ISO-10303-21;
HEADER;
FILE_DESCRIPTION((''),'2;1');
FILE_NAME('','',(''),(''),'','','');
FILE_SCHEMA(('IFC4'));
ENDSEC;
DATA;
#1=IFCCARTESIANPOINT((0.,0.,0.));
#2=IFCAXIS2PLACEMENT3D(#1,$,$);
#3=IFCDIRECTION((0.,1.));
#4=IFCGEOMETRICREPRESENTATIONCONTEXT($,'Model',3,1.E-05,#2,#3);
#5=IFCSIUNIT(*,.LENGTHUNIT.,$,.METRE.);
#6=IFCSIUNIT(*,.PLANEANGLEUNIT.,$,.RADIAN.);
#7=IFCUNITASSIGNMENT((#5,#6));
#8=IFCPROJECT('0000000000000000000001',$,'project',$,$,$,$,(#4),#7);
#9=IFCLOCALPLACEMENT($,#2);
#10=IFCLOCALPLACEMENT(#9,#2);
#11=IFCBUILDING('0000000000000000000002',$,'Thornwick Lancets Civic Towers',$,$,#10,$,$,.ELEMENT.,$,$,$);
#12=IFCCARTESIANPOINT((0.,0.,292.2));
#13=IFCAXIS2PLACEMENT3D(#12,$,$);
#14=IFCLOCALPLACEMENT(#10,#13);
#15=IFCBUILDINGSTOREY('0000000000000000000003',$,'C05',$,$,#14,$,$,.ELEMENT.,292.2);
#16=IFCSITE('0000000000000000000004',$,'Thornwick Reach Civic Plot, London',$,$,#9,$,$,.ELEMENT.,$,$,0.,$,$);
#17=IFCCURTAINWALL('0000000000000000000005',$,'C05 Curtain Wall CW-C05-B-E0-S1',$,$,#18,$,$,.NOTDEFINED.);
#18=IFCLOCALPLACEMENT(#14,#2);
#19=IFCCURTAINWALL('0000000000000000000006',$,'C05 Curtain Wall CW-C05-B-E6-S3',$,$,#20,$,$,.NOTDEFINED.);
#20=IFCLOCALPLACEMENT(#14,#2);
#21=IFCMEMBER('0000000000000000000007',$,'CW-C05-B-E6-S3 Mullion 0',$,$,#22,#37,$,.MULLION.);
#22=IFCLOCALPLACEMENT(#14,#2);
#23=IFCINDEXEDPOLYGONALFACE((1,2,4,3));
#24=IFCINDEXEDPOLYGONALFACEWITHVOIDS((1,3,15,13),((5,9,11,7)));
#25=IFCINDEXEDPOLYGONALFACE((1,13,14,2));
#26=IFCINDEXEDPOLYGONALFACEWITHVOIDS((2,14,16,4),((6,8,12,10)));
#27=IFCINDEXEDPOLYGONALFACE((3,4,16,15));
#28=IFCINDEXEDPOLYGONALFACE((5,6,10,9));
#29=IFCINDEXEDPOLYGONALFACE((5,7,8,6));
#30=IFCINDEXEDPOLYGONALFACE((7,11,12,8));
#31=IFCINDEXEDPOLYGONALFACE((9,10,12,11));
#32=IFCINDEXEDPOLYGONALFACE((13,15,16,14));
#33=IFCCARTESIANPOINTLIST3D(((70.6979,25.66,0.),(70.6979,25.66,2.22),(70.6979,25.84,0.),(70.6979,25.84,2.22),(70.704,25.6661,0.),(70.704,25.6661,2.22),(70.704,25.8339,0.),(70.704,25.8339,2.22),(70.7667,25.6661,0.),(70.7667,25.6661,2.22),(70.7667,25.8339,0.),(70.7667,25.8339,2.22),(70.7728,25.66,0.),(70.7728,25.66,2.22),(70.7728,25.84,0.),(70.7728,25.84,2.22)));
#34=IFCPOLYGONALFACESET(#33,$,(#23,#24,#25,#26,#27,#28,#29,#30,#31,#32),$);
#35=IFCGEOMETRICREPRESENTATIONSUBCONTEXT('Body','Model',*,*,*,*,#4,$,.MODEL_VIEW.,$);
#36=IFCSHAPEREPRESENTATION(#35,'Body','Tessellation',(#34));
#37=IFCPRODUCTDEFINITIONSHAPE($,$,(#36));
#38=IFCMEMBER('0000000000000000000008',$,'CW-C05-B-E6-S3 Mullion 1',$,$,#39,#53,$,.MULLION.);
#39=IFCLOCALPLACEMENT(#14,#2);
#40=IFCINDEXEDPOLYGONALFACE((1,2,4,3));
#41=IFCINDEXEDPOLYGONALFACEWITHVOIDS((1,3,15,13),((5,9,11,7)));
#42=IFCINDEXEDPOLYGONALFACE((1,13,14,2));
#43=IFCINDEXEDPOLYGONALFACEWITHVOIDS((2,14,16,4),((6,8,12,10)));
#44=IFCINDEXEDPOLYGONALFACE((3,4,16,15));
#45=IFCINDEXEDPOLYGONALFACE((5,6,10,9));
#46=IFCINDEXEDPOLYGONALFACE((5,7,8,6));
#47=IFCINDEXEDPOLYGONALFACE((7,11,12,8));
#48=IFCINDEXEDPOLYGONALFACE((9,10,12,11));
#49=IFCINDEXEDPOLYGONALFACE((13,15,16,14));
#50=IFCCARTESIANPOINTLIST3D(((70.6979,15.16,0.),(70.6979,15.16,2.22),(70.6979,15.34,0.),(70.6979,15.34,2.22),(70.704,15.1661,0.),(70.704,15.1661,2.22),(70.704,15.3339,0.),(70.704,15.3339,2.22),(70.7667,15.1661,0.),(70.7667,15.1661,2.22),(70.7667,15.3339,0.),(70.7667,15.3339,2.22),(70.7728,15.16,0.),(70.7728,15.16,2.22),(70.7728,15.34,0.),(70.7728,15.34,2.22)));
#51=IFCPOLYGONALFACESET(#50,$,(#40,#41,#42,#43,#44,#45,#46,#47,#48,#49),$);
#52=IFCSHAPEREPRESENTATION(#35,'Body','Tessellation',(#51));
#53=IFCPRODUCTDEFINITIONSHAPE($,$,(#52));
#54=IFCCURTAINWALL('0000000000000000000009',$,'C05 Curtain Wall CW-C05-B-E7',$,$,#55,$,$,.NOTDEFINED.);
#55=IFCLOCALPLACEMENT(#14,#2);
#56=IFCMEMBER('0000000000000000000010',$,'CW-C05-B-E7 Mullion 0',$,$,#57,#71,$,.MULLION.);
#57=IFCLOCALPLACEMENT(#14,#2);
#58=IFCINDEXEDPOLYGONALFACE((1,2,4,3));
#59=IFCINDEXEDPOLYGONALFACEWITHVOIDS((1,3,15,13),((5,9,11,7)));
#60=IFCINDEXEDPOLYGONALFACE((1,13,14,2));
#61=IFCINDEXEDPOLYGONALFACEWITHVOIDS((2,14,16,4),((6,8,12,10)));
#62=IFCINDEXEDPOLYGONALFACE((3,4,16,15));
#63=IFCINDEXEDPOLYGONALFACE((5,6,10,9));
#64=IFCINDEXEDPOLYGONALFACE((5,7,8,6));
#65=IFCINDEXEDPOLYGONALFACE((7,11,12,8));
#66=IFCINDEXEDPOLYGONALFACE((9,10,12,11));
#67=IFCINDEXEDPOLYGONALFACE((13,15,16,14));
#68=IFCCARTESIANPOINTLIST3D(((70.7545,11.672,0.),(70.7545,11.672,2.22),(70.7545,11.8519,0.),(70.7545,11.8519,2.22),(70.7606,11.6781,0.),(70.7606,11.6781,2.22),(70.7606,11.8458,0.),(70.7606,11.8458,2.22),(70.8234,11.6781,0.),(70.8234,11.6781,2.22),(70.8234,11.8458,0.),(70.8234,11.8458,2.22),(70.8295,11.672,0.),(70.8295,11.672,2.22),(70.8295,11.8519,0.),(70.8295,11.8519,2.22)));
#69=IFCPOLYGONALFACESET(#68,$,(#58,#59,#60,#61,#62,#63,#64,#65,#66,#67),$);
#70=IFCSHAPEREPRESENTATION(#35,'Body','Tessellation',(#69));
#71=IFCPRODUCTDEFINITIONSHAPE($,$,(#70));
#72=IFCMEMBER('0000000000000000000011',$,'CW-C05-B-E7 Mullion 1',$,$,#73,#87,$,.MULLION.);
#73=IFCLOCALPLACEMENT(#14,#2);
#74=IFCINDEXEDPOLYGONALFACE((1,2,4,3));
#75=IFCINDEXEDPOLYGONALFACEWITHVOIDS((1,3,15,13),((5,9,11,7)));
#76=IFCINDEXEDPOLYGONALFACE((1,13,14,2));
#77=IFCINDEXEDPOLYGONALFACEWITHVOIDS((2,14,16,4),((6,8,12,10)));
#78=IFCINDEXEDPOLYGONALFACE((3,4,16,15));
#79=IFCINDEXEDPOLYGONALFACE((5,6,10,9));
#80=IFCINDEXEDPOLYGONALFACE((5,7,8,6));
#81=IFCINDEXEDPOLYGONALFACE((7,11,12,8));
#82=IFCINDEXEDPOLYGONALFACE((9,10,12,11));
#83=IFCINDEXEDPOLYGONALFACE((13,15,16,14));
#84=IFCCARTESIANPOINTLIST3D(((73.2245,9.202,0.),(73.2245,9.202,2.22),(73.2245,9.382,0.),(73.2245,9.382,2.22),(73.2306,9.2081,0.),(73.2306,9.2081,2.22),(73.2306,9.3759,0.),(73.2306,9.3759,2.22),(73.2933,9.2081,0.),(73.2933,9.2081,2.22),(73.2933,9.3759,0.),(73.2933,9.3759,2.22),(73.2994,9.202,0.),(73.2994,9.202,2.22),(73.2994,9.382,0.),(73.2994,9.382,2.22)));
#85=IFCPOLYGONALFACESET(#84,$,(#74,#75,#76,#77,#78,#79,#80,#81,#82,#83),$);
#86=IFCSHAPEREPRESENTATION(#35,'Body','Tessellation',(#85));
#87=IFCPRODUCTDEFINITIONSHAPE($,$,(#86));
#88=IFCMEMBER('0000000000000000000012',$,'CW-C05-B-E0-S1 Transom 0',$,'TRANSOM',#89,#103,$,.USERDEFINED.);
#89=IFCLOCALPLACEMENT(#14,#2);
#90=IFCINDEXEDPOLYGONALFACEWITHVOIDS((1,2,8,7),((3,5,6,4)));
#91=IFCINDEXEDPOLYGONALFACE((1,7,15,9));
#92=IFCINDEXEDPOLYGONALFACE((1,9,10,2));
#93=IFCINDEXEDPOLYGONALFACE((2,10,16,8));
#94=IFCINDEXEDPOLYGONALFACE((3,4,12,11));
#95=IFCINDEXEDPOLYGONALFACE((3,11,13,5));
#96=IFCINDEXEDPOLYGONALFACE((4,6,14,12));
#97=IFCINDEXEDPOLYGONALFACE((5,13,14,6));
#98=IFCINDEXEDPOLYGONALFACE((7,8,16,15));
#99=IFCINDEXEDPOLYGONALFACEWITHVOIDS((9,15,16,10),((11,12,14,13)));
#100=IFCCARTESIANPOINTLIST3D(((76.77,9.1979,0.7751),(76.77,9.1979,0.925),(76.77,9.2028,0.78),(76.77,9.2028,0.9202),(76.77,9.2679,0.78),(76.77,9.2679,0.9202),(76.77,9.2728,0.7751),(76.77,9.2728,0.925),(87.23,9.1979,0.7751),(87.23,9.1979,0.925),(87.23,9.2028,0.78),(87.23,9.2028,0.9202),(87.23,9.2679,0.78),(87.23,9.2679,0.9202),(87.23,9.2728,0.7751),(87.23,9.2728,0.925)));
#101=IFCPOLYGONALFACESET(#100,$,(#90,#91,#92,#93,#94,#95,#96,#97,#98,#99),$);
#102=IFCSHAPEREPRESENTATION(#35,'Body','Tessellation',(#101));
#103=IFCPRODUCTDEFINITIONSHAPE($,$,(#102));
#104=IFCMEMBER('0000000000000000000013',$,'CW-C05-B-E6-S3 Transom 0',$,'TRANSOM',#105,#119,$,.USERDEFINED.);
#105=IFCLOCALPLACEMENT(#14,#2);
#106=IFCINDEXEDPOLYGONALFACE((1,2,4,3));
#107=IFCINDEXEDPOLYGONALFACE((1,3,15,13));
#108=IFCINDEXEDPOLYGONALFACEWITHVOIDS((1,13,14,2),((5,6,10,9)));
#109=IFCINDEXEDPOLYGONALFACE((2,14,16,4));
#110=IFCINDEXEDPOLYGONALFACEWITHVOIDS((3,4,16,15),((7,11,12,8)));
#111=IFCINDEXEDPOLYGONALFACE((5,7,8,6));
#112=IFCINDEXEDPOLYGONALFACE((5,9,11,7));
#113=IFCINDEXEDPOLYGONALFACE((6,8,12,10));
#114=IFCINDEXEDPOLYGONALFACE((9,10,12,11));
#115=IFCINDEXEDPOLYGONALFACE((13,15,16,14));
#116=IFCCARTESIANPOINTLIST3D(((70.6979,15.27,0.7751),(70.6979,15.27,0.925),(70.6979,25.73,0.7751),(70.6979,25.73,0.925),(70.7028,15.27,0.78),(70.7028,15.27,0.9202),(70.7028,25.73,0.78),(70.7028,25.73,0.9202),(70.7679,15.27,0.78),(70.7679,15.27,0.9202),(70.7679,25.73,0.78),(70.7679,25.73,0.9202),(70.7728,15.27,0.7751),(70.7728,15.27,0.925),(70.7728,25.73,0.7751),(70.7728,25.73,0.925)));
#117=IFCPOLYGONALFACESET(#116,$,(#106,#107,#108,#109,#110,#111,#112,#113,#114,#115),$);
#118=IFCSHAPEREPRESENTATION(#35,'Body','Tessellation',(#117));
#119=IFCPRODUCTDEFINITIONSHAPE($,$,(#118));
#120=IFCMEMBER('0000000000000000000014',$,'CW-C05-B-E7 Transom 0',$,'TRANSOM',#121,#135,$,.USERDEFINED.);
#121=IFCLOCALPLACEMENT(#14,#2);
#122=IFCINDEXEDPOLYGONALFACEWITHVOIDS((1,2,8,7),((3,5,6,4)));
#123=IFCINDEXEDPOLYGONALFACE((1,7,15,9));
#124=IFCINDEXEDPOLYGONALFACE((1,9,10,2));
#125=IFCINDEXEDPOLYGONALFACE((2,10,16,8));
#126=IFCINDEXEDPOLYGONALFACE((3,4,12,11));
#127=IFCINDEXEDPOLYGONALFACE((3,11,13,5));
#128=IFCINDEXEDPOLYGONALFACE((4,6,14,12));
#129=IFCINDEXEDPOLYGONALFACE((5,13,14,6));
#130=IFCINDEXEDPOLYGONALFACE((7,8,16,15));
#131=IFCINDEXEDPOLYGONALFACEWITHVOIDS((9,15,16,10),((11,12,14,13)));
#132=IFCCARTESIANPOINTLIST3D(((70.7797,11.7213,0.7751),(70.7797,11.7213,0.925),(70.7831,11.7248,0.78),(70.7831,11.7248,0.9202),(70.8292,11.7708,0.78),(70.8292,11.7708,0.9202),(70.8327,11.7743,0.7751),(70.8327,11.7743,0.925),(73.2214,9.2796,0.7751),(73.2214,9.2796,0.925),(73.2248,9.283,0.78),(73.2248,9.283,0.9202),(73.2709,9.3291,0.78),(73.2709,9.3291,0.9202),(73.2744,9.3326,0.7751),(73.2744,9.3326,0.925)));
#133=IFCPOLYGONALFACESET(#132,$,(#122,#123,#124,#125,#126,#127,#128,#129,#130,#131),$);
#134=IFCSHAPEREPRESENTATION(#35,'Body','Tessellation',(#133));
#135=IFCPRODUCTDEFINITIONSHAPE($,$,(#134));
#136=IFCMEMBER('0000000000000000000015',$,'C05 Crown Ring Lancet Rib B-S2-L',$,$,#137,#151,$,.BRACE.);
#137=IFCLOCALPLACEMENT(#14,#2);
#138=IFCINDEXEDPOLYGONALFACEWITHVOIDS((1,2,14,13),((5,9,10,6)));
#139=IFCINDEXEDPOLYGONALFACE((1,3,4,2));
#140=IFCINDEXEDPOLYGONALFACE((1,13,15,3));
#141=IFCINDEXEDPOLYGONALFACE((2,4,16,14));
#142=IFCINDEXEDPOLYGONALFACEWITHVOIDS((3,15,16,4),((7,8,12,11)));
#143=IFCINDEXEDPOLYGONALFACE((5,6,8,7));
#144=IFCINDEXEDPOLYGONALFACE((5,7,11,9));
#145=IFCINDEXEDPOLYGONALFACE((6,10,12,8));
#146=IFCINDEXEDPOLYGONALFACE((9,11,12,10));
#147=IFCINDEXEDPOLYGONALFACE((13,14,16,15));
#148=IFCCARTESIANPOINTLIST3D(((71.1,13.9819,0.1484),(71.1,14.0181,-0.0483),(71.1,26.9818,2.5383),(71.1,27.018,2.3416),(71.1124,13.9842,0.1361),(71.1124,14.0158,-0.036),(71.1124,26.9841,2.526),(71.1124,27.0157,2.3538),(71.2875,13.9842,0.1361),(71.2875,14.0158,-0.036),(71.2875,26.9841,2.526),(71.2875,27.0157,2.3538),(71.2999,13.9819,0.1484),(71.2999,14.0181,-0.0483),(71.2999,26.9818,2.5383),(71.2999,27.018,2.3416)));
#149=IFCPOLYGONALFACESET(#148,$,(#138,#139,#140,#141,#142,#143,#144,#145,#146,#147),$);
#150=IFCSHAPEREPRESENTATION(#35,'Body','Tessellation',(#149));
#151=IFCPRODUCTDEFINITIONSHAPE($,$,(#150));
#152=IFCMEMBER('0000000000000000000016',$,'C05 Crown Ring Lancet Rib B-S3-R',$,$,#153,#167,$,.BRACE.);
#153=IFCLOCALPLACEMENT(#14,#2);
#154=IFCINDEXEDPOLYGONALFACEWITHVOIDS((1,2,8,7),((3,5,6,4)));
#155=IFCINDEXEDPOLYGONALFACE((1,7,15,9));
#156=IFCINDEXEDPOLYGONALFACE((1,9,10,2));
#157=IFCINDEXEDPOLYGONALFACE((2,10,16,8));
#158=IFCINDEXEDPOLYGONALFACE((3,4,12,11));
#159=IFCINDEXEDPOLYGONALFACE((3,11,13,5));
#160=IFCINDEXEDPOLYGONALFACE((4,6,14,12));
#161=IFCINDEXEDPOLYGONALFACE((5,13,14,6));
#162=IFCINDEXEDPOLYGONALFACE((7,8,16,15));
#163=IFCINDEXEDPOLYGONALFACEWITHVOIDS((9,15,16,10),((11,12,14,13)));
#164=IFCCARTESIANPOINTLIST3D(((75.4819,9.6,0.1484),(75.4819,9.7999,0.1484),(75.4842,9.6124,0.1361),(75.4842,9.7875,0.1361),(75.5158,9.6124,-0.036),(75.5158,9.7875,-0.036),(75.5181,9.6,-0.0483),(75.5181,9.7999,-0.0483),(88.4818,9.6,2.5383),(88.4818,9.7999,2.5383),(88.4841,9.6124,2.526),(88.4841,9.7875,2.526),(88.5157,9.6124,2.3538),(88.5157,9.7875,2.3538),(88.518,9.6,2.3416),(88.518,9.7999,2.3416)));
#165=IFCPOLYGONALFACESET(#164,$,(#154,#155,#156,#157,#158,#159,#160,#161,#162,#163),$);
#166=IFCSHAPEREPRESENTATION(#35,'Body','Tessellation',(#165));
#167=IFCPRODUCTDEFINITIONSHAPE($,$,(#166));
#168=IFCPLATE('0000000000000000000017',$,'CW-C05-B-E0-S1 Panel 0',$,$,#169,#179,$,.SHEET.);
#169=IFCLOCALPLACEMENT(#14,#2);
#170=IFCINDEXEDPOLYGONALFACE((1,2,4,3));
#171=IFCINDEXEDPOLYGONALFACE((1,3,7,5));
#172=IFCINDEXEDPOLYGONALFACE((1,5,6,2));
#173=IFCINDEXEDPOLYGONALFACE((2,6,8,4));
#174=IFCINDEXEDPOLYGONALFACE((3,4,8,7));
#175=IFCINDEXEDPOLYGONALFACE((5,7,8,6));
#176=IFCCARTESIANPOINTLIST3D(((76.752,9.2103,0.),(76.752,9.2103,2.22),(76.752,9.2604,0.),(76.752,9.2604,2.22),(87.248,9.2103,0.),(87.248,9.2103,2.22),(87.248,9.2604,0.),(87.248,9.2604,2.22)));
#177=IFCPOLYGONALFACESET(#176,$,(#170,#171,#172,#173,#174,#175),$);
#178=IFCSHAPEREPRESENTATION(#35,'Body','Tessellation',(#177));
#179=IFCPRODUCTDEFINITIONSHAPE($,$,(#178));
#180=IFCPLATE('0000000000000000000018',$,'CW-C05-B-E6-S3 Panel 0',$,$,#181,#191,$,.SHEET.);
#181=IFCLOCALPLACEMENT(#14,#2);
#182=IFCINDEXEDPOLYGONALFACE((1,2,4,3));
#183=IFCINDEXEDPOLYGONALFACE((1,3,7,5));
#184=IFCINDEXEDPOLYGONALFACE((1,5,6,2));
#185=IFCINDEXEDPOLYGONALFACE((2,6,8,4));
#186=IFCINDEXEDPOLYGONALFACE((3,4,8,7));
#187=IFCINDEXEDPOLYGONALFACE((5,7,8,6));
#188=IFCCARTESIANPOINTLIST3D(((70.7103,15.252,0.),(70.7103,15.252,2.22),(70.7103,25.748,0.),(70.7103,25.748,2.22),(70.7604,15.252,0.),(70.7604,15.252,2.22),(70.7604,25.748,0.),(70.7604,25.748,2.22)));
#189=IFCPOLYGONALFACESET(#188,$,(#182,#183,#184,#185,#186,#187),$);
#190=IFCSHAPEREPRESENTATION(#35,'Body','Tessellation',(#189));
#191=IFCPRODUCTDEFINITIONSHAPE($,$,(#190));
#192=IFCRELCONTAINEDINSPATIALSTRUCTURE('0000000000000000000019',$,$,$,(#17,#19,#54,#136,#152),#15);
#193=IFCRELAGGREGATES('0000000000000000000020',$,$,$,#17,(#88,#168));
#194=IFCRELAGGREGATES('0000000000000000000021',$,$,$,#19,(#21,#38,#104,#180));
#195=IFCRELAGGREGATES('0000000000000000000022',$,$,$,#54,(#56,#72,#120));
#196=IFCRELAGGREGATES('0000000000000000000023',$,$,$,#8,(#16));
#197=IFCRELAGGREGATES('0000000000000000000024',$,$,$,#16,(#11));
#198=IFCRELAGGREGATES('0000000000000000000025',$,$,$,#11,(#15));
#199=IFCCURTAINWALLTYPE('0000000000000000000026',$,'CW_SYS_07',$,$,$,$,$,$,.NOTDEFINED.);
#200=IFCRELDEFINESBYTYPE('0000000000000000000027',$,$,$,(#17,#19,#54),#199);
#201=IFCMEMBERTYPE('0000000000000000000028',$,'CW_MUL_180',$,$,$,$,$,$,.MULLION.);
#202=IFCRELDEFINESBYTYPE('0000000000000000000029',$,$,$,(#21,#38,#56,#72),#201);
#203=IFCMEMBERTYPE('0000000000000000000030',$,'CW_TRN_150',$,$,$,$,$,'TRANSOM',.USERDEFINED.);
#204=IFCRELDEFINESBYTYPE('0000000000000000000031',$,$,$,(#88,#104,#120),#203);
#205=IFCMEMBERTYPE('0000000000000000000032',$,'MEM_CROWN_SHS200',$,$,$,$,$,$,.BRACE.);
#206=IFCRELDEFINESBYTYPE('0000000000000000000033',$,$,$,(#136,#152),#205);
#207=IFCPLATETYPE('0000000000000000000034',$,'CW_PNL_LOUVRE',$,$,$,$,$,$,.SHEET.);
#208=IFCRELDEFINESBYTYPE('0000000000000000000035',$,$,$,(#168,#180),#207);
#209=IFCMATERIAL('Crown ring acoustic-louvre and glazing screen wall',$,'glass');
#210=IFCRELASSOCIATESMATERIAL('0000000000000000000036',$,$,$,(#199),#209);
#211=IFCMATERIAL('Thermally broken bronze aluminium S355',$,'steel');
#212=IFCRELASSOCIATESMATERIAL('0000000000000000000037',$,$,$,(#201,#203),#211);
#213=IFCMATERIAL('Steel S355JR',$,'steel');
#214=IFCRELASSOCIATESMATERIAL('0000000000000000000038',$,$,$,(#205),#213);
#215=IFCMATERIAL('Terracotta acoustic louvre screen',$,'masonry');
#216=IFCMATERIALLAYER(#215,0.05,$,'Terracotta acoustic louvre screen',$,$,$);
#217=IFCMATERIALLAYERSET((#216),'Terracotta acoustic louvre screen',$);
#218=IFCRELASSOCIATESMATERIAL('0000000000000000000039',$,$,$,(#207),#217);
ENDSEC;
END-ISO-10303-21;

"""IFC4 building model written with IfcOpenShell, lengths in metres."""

from ifc_helpers import new_model, si_unit, direction, frame, origin, origin_2d, place, context, subcontext, project, spatial, rectangle, hollow_rectangle, extrude, material, layer, layer_set, material_profile, profile_set, type_object, element, aggregate, save


model = new_model("IFC4")

# Units and contexts
model_context = context("Model", 3, precision=1e-05, world=origin(), true_north=direction((0.0, 1.0)))
body_context = subcontext(model_context, "Body", "Model", "MODEL_VIEW")
ifc_project = project(units=[si_unit("LENGTHUNIT", "METRE"), si_unit("PLANEANGLEUNIT", "RADIAN")], contexts=[model_context])

# Site, building, storey
site_placement = place(None, origin())
site = spatial("IfcSite", under=ifc_project, at=site_placement, Name="Thornwick Reach Civic Plot, London", CompositionType="ELEMENT", RefElevation=0.0)
building_placement = place(site_placement, origin())
building = spatial("IfcBuilding", under=site, at=building_placement, Name="Thornwick Lancets Civic Towers", CompositionType="ELEMENT")
storey_placement = place(building_placement, frame((0.0, 0.0, 292.2)))
storey = spatial("IfcBuildingStorey", under=building, at=storey_placement, Name="C05", CompositionType="ELEMENT", Elevation=292.2)

# Shared definitions
ifc_material_1 = material(Name="Steel S355JR", Category="steel")

# Curtain walls, members
ifc_material_2 = material(Name="Crown ring acoustic-louvre and glazing screen wall", Category="glass")
curtain_wall_type = type_object("IfcCurtainWallType", Name="CW_SYS_07", PredefinedType="NOTDEFINED", material=ifc_material_2)
curtain_wall_1_placement = place(storey_placement, origin())
curtain_wall_1 = element("IfcCurtainWall", 1, at=curtain_wall_1_placement, inside=storey, type_object=curtain_wall_type, Name="C05 Curtain Wall CW-C05-B-E0-S1", PredefinedType="NOTDEFINED")
ifc_material_3 = material(Name="Thermally broken bronze aluminium S355", Category="steel")
ifc_material_profile_1 = material_profile(ifc_material_3, hollow_rectangle(XDim=0.075, YDim=0.1799, WallThickness=0.0061, at=origin_2d()), Name="RHS 180x75x6")
ifc_profile_set_1 = profile_set([ifc_material_profile_1], Name="Thermally broken bronze aluminium S355")
member_type_1 = type_object("IfcMemberType", Name="CW_MUL_180", PredefinedType="MULLION", material=ifc_profile_set_1)
curtain_wall_2_placement = place(storey_placement, origin())
curtain_wall_2 = element("IfcCurtainWall", 2, at=curtain_wall_2_placement, inside=storey, type_object=curtain_wall_type, Name="C05 Curtain Wall CW-C05-B-E6-S3", PredefinedType="NOTDEFINED")
member_1_placement = place(storey_placement, frame((70.7354, 25.75, 0.0), z_axis=(0.0, 0.0, 1.0), x_axis=(1.0, 0.0, 0.0)))
member_1 = element("IfcMember", 3, at=member_1_placement, type_object=member_type_1, Name="CW-C05-B-E6-S3 Mullion 0", PredefinedType="MULLION", context=body_context, shape_type="SweptSolid", body=[
    extrude(hollow_rectangle(XDim=0.075, YDim=0.1799, WallThickness=0.0061, at=origin_2d()), origin(), (0.0, 0.0, 1.0), 2.22),
])
member_2_placement = place(storey_placement, frame((70.7354, 15.25, 0.0), z_axis=(0.0, 0.0, 1.0), x_axis=(1.0, 0.0, 0.0)))
member_2 = element("IfcMember", 4, at=member_2_placement, type_object=member_type_1, Name="CW-C05-B-E6-S3 Mullion 1", PredefinedType="MULLION", context=body_context, shape_type="SweptSolid", body=[
    extrude(hollow_rectangle(XDim=0.075, YDim=0.1799, WallThickness=0.0061, at=origin_2d()), origin(), (0.0, 0.0, 1.0), 2.22),
])
curtain_wall_3_placement = place(storey_placement, origin())
curtain_wall_3 = element("IfcCurtainWall", 5, at=curtain_wall_3_placement, inside=storey, type_object=curtain_wall_type, Name="C05 Curtain Wall CW-C05-B-E7", PredefinedType="NOTDEFINED")
member_3_placement = place(storey_placement, frame((70.792, 11.762, 0.0), z_axis=(0.0, 0.0, 1.0), x_axis=(1.0, 0.0, 0.0)))
member_3 = element("IfcMember", 6, at=member_3_placement, type_object=member_type_1, Name="CW-C05-B-E7 Mullion 0", PredefinedType="MULLION", context=body_context, shape_type="SweptSolid", body=[
    extrude(hollow_rectangle(XDim=0.075, YDim=0.1799, WallThickness=0.0061, at=origin_2d()), origin(), (0.0, 0.0, 1.0), 2.22),
])
member_4_placement = place(storey_placement, frame((73.262, 9.292, 0.0), z_axis=(0.0, 0.0, 1.0), x_axis=(1.0, 0.0, 0.0)))
member_4 = element("IfcMember", 7, at=member_4_placement, type_object=member_type_1, Name="CW-C05-B-E7 Mullion 1", PredefinedType="MULLION", context=body_context, shape_type="SweptSolid", body=[
    extrude(hollow_rectangle(XDim=0.075, YDim=0.1799, WallThickness=0.0061, at=origin_2d()), origin(), (0.0, 0.0, 1.0), 2.22),
])

# Members
ifc_material_profile_2 = material_profile(ifc_material_3, hollow_rectangle(XDim=0.075, YDim=0.1499, WallThickness=0.0049, at=origin_2d()), Name="RHS 150x75x5")
ifc_profile_set_2 = profile_set([ifc_material_profile_2], Name="Thermally broken bronze aluminium S355")
member_type_2 = type_object("IfcMemberType", Name="CW_TRN_150", ElementType="TRANSOM", PredefinedType="USERDEFINED", material=ifc_profile_set_2)
member_5_placement = place(storey_placement, frame((76.77, 9.2354, 0.8501), z_axis=(1.0, 0.0, 0.0), x_axis=(0.0, 1.0, 0.0)))
member_5 = element("IfcMember", 8, at=member_5_placement, type_object=member_type_2, Name="CW-C05-B-E0-S1 Transom 0", ObjectType="TRANSOM", PredefinedType="USERDEFINED", context=body_context, shape_type="SweptSolid", body=[
    extrude(hollow_rectangle(XDim=0.075, YDim=0.1499, WallThickness=0.0049, at=origin_2d()), origin(), (0.0, 0.0, 1.0), 10.46),
])
member_6_placement = place(storey_placement, frame((70.7354, 25.73, 0.8501), z_axis=(0.0, -1.0, 0.0), x_axis=(1.0, 0.0, 0.0)))
member_6 = element("IfcMember", 9, at=member_6_placement, type_object=member_type_2, Name="CW-C05-B-E6-S3 Transom 0", ObjectType="TRANSOM", PredefinedType="USERDEFINED", context=body_context, shape_type="SweptSolid", body=[
    extrude(hollow_rectangle(XDim=0.075, YDim=0.1499, WallThickness=0.0049, at=origin_2d()), origin(), (0.0, 0.0, 1.0), 10.46),
])
member_7_placement = place(storey_placement, frame((70.8062, 11.7478, 0.8501), z_axis=(0.707107, -0.707107, 0.0), x_axis=(0.707107, 0.707107, 0.0)))
member_7 = element("IfcMember", 10, at=member_7_placement, type_object=member_type_2, Name="CW-C05-B-E7 Transom 0", ObjectType="TRANSOM", PredefinedType="USERDEFINED", context=body_context, shape_type="SweptSolid", body=[
    extrude(hollow_rectangle(XDim=0.075, YDim=0.1499, WallThickness=0.0049, at=origin_2d()), origin(), (0.0, 0.0, 1.0), 3.4531),
])

# Members
ifc_material_profile_3 = material_profile(ifc_material_1, hollow_rectangle(XDim=0.2, YDim=0.2, WallThickness=0.0125, at=origin_2d()), Name="SHS 200x200x12.5")
ifc_profile_set_3 = profile_set([ifc_material_profile_3], Name="Steel S355JR")
member_type_3 = type_object("IfcMemberType", Name="MEM_CROWN_SHS200", PredefinedType="BRACE", material=ifc_profile_set_3)
for number, where, z_axis, x_axis, name in (
    (11, (71.2, 14.0, 0.05), (0.0, 0.983518, 0.180808), (-1.0, 0.0, 0.0), "C05 Crown Ring Lancet Rib B-S2-L"),
    (12, (75.5, 9.7, 0.05), (0.983518, 0.0, 0.180808), (0.0, 1.0, 0.0), "C05 Crown Ring Lancet Rib B-S3-R"),
):
    element("IfcMember", number, at=place(storey_placement, frame(where, z_axis=z_axis, x_axis=x_axis)), inside=storey, type_object=member_type_3, Name=name, PredefinedType="BRACE", context=body_context, shape_type="SweptSolid", body=[
        extrude(hollow_rectangle(XDim=0.2, YDim=0.2, WallThickness=0.0125, at=origin_2d()), origin(), (0.0, 0.0, 1.0), 13.2178),
    ])

# Plates
ifc_material_4 = material(Name="Terracotta acoustic louvre screen", Category="masonry")
ifc_layer_1 = layer(ifc_material_4, 0.05, Name="Terracotta acoustic louvre screen")
ifc_layer_set_1 = layer_set([ifc_layer_1], Name="Terracotta acoustic louvre screen")
plate_type_1 = type_object("IfcPlateType", Name="CW_PNL_LOUVRE", PredefinedType="SHEET", material=ifc_layer_set_1)
plate_1_placement = place(storey_placement, frame((82.0, 9.2354, 0.0), z_axis=(0.0, 0.0, 1.0), x_axis=(1.0, 0.0, 0.0)))
plate_1 = element("IfcPlate", 13, at=plate_1_placement, type_object=plate_type_1, Name="CW-C05-B-E0-S1 Panel 0", PredefinedType="SHEET", context=body_context, shape_type="SweptSolid", body=[
    extrude(rectangle(XDim=10.4961, YDim=0.05, at=origin_2d()), origin(), (0.0, 0.0, 1.0), 2.22),
])
aggregate(curtain_wall_1, [member_5, plate_1])
plate_2_placement = place(storey_placement, frame((70.7354, 20.5, 0.0), z_axis=(0.0, 0.0, 1.0), x_axis=(0.0, -1.0, 0.0)))
plate_2 = element("IfcPlate", 14, at=plate_2_placement, type_object=plate_type_1, Name="CW-C05-B-E6-S3 Panel 0", PredefinedType="SHEET", context=body_context, shape_type="SweptSolid", body=[
    extrude(rectangle(XDim=10.4961, YDim=0.05, at=origin_2d()), origin(), (0.0, 0.0, 1.0), 2.22),
])
aggregate(curtain_wall_2, [member_1, member_2, member_6, plate_2])
aggregate(curtain_wall_3, [member_3, member_4, member_7])

save(model, "model.ifc")
